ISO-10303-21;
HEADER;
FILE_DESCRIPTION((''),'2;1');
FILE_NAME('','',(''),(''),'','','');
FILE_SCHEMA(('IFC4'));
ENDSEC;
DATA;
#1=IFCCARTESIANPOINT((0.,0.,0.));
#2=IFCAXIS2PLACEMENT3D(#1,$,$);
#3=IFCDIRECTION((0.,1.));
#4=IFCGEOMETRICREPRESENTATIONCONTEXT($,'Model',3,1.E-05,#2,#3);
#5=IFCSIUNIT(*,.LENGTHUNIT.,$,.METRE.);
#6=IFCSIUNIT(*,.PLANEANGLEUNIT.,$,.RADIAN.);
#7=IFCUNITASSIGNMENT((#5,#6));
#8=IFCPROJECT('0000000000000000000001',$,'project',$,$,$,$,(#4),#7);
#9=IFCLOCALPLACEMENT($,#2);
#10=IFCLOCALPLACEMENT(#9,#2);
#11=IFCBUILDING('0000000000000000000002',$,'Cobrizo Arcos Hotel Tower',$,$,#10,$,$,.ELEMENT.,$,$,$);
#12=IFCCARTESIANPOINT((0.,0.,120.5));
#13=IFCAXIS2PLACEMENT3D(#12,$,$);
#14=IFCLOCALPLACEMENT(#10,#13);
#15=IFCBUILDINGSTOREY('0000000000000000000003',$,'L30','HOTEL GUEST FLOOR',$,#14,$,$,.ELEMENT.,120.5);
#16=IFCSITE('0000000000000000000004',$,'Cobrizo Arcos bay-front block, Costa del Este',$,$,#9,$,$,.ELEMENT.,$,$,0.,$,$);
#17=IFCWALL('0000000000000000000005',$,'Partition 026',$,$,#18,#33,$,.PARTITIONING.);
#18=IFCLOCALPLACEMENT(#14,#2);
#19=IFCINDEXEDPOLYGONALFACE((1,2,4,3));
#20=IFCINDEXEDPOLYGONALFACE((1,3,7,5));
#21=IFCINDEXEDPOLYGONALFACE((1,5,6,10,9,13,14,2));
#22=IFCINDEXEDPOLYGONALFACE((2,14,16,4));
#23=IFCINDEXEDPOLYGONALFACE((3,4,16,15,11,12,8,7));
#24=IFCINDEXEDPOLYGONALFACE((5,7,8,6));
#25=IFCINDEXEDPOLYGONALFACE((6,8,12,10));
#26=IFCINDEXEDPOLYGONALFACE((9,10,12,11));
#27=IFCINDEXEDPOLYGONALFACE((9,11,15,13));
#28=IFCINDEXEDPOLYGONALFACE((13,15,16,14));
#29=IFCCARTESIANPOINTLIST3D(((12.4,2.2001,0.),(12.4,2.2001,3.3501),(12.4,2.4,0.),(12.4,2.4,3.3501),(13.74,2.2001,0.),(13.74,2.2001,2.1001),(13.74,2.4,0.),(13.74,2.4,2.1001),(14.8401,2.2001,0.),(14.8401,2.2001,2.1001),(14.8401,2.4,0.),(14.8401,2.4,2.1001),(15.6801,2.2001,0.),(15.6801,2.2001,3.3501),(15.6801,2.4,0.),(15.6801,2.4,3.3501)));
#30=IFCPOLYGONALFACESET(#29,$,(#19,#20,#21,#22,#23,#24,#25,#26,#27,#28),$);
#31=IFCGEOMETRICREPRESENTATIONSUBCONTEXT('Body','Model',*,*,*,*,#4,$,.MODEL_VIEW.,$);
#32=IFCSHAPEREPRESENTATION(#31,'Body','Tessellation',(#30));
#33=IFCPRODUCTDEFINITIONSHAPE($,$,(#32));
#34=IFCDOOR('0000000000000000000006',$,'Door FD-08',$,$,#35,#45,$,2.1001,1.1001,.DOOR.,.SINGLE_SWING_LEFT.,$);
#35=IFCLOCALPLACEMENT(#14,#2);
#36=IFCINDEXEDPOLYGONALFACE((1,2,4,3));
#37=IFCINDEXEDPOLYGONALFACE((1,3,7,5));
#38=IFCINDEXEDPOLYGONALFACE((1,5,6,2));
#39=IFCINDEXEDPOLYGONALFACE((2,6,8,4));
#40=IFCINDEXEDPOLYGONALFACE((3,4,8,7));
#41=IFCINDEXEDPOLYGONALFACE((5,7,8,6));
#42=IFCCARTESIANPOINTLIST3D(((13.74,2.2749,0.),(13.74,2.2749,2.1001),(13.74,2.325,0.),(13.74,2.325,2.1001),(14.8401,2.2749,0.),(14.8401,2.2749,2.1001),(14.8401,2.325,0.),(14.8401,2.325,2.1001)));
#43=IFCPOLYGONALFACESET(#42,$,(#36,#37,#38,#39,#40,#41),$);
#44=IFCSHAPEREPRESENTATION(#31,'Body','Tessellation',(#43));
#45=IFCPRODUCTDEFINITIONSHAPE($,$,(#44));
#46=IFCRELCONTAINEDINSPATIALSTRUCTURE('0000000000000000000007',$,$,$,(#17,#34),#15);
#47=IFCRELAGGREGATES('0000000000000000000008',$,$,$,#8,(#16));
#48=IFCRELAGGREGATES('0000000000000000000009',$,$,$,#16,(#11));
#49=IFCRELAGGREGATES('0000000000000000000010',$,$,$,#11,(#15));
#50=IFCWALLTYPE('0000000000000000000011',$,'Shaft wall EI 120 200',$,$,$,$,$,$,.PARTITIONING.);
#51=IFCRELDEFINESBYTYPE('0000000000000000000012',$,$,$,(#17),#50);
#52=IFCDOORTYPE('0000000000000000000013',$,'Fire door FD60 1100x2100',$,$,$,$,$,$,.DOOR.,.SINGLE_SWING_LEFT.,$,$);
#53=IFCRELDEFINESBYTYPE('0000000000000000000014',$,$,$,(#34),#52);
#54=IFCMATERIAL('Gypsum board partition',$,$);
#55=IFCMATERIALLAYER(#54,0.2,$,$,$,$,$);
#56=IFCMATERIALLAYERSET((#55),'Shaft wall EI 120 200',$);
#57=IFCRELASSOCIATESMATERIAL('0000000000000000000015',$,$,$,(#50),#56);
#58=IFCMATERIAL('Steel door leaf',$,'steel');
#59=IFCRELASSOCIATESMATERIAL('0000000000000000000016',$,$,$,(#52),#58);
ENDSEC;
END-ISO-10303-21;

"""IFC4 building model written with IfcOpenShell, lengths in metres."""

from ifc_helpers import new_model, si_unit, direction, frame, frame_2d, origin, place, context, subcontext, project, spatial, rectangle, extrude, material, layer, layer_set, type_object, element, fill, save


model = new_model("IFC4")

# Units and contexts
model_context = context("Model", 3, precision=1e-05, world=origin(), true_north=direction((0.0, 1.0)))
body_context = subcontext(model_context, "Body", "Model", "MODEL_VIEW")
ifc_project = project(units=[si_unit("LENGTHUNIT", "METRE"), si_unit("PLANEANGLEUNIT", "RADIAN")], contexts=[model_context])

# Site, building, storey
site_placement = place(None, origin())
site = spatial("IfcSite", under=ifc_project, at=site_placement, Name="Cobrizo Arcos bay-front block, Costa del Este", CompositionType="ELEMENT", RefElevation=0.0)
building_placement = place(site_placement, origin())
building = spatial("IfcBuilding", under=site, at=building_placement, Name="Cobrizo Arcos Hotel Tower", CompositionType="ELEMENT")
storey_placement = place(building_placement, frame((0.0, 0.0, 120.5)))
storey = spatial("IfcBuildingStorey", under=building, at=storey_placement, Name="L30", Description="HOTEL GUEST FLOOR", CompositionType="ELEMENT", Elevation=120.5)

# Shared definitions
ifc_material_1 = material(Name="Gypsum board partition")

# Wall, opening, door
ifc_layer_1 = layer(ifc_material_1, 0.2)
ifc_layer_set_1 = layer_set([ifc_layer_1], Name="Shaft wall EI 120 200")
wall_type_1 = type_object("IfcWallType", Name="Shaft wall EI 120 200", PredefinedType="PARTITIONING", material=ifc_layer_set_1)
wall_1_placement = place(storey_placement, frame((12.3999, 2.3, 0.0), z_axis=(0.0, 0.0, 1.0), x_axis=(1.0, 0.0, 0.0)))
wall_1 = element("IfcWall", 1, at=wall_1_placement, inside=storey, type_object=wall_type_1, Name="Partition 026", PredefinedType="PARTITIONING", context=body_context, shape_type="SweptSolid", body=[
    extrude(rectangle(XDim=3.28, YDim=0.2, at=frame_2d((1.6401, 0.0))), origin(), (0.0, 0.0, 1.0), 3.3501),
])
opening_1_placement = place(wall_1_placement, frame((1.3401, 0.0, 0.0)))
opening_1 = element("IfcOpeningElement", 2, at=opening_1_placement, cuts=wall_1, PredefinedType="OPENING", context=body_context, shape_type="SweptSolid", body=[
    extrude(rectangle(XDim=1.1001, YDim=2.1001, at=frame_2d((0.55, 1.05))), frame((0.0, 0.1121, 0.0), z_axis=(0.0, -1.0, 0.0), x_axis=(1.0, 0.0, 0.0)), (0.0, 0.0, 1.0), 0.2239),
])
ifc_material_2 = material(Name="Steel door leaf", Category="steel")
door_type_1 = type_object("IfcDoorType", Name="Fire door FD60 1100x2100", OperationType="SINGLE_SWING_LEFT", PredefinedType="DOOR", material=ifc_material_2)
door_1_placement = place(opening_1_placement, origin())
door_1 = element("IfcDoor", 3, at=door_1_placement, inside=storey, type_object=door_type_1, Name="Door FD-08", OperationType="SINGLE_SWING_LEFT", OverallHeight=2.1001, OverallWidth=1.1001, PredefinedType="DOOR", context=body_context, shape_type="SweptSolid", body=[
    extrude(rectangle(XDim=1.1001, YDim=2.1001, at=frame_2d((0.55, 1.05))), frame((0.0, 0.0249, 0.0), z_axis=(0.0, -1.0, 0.0), x_axis=(1.0, 0.0, 0.0)), (0.0, 0.0, 1.0), 0.05),
])
fill(opening_1, door_1)

save(model, "model.ifc")
